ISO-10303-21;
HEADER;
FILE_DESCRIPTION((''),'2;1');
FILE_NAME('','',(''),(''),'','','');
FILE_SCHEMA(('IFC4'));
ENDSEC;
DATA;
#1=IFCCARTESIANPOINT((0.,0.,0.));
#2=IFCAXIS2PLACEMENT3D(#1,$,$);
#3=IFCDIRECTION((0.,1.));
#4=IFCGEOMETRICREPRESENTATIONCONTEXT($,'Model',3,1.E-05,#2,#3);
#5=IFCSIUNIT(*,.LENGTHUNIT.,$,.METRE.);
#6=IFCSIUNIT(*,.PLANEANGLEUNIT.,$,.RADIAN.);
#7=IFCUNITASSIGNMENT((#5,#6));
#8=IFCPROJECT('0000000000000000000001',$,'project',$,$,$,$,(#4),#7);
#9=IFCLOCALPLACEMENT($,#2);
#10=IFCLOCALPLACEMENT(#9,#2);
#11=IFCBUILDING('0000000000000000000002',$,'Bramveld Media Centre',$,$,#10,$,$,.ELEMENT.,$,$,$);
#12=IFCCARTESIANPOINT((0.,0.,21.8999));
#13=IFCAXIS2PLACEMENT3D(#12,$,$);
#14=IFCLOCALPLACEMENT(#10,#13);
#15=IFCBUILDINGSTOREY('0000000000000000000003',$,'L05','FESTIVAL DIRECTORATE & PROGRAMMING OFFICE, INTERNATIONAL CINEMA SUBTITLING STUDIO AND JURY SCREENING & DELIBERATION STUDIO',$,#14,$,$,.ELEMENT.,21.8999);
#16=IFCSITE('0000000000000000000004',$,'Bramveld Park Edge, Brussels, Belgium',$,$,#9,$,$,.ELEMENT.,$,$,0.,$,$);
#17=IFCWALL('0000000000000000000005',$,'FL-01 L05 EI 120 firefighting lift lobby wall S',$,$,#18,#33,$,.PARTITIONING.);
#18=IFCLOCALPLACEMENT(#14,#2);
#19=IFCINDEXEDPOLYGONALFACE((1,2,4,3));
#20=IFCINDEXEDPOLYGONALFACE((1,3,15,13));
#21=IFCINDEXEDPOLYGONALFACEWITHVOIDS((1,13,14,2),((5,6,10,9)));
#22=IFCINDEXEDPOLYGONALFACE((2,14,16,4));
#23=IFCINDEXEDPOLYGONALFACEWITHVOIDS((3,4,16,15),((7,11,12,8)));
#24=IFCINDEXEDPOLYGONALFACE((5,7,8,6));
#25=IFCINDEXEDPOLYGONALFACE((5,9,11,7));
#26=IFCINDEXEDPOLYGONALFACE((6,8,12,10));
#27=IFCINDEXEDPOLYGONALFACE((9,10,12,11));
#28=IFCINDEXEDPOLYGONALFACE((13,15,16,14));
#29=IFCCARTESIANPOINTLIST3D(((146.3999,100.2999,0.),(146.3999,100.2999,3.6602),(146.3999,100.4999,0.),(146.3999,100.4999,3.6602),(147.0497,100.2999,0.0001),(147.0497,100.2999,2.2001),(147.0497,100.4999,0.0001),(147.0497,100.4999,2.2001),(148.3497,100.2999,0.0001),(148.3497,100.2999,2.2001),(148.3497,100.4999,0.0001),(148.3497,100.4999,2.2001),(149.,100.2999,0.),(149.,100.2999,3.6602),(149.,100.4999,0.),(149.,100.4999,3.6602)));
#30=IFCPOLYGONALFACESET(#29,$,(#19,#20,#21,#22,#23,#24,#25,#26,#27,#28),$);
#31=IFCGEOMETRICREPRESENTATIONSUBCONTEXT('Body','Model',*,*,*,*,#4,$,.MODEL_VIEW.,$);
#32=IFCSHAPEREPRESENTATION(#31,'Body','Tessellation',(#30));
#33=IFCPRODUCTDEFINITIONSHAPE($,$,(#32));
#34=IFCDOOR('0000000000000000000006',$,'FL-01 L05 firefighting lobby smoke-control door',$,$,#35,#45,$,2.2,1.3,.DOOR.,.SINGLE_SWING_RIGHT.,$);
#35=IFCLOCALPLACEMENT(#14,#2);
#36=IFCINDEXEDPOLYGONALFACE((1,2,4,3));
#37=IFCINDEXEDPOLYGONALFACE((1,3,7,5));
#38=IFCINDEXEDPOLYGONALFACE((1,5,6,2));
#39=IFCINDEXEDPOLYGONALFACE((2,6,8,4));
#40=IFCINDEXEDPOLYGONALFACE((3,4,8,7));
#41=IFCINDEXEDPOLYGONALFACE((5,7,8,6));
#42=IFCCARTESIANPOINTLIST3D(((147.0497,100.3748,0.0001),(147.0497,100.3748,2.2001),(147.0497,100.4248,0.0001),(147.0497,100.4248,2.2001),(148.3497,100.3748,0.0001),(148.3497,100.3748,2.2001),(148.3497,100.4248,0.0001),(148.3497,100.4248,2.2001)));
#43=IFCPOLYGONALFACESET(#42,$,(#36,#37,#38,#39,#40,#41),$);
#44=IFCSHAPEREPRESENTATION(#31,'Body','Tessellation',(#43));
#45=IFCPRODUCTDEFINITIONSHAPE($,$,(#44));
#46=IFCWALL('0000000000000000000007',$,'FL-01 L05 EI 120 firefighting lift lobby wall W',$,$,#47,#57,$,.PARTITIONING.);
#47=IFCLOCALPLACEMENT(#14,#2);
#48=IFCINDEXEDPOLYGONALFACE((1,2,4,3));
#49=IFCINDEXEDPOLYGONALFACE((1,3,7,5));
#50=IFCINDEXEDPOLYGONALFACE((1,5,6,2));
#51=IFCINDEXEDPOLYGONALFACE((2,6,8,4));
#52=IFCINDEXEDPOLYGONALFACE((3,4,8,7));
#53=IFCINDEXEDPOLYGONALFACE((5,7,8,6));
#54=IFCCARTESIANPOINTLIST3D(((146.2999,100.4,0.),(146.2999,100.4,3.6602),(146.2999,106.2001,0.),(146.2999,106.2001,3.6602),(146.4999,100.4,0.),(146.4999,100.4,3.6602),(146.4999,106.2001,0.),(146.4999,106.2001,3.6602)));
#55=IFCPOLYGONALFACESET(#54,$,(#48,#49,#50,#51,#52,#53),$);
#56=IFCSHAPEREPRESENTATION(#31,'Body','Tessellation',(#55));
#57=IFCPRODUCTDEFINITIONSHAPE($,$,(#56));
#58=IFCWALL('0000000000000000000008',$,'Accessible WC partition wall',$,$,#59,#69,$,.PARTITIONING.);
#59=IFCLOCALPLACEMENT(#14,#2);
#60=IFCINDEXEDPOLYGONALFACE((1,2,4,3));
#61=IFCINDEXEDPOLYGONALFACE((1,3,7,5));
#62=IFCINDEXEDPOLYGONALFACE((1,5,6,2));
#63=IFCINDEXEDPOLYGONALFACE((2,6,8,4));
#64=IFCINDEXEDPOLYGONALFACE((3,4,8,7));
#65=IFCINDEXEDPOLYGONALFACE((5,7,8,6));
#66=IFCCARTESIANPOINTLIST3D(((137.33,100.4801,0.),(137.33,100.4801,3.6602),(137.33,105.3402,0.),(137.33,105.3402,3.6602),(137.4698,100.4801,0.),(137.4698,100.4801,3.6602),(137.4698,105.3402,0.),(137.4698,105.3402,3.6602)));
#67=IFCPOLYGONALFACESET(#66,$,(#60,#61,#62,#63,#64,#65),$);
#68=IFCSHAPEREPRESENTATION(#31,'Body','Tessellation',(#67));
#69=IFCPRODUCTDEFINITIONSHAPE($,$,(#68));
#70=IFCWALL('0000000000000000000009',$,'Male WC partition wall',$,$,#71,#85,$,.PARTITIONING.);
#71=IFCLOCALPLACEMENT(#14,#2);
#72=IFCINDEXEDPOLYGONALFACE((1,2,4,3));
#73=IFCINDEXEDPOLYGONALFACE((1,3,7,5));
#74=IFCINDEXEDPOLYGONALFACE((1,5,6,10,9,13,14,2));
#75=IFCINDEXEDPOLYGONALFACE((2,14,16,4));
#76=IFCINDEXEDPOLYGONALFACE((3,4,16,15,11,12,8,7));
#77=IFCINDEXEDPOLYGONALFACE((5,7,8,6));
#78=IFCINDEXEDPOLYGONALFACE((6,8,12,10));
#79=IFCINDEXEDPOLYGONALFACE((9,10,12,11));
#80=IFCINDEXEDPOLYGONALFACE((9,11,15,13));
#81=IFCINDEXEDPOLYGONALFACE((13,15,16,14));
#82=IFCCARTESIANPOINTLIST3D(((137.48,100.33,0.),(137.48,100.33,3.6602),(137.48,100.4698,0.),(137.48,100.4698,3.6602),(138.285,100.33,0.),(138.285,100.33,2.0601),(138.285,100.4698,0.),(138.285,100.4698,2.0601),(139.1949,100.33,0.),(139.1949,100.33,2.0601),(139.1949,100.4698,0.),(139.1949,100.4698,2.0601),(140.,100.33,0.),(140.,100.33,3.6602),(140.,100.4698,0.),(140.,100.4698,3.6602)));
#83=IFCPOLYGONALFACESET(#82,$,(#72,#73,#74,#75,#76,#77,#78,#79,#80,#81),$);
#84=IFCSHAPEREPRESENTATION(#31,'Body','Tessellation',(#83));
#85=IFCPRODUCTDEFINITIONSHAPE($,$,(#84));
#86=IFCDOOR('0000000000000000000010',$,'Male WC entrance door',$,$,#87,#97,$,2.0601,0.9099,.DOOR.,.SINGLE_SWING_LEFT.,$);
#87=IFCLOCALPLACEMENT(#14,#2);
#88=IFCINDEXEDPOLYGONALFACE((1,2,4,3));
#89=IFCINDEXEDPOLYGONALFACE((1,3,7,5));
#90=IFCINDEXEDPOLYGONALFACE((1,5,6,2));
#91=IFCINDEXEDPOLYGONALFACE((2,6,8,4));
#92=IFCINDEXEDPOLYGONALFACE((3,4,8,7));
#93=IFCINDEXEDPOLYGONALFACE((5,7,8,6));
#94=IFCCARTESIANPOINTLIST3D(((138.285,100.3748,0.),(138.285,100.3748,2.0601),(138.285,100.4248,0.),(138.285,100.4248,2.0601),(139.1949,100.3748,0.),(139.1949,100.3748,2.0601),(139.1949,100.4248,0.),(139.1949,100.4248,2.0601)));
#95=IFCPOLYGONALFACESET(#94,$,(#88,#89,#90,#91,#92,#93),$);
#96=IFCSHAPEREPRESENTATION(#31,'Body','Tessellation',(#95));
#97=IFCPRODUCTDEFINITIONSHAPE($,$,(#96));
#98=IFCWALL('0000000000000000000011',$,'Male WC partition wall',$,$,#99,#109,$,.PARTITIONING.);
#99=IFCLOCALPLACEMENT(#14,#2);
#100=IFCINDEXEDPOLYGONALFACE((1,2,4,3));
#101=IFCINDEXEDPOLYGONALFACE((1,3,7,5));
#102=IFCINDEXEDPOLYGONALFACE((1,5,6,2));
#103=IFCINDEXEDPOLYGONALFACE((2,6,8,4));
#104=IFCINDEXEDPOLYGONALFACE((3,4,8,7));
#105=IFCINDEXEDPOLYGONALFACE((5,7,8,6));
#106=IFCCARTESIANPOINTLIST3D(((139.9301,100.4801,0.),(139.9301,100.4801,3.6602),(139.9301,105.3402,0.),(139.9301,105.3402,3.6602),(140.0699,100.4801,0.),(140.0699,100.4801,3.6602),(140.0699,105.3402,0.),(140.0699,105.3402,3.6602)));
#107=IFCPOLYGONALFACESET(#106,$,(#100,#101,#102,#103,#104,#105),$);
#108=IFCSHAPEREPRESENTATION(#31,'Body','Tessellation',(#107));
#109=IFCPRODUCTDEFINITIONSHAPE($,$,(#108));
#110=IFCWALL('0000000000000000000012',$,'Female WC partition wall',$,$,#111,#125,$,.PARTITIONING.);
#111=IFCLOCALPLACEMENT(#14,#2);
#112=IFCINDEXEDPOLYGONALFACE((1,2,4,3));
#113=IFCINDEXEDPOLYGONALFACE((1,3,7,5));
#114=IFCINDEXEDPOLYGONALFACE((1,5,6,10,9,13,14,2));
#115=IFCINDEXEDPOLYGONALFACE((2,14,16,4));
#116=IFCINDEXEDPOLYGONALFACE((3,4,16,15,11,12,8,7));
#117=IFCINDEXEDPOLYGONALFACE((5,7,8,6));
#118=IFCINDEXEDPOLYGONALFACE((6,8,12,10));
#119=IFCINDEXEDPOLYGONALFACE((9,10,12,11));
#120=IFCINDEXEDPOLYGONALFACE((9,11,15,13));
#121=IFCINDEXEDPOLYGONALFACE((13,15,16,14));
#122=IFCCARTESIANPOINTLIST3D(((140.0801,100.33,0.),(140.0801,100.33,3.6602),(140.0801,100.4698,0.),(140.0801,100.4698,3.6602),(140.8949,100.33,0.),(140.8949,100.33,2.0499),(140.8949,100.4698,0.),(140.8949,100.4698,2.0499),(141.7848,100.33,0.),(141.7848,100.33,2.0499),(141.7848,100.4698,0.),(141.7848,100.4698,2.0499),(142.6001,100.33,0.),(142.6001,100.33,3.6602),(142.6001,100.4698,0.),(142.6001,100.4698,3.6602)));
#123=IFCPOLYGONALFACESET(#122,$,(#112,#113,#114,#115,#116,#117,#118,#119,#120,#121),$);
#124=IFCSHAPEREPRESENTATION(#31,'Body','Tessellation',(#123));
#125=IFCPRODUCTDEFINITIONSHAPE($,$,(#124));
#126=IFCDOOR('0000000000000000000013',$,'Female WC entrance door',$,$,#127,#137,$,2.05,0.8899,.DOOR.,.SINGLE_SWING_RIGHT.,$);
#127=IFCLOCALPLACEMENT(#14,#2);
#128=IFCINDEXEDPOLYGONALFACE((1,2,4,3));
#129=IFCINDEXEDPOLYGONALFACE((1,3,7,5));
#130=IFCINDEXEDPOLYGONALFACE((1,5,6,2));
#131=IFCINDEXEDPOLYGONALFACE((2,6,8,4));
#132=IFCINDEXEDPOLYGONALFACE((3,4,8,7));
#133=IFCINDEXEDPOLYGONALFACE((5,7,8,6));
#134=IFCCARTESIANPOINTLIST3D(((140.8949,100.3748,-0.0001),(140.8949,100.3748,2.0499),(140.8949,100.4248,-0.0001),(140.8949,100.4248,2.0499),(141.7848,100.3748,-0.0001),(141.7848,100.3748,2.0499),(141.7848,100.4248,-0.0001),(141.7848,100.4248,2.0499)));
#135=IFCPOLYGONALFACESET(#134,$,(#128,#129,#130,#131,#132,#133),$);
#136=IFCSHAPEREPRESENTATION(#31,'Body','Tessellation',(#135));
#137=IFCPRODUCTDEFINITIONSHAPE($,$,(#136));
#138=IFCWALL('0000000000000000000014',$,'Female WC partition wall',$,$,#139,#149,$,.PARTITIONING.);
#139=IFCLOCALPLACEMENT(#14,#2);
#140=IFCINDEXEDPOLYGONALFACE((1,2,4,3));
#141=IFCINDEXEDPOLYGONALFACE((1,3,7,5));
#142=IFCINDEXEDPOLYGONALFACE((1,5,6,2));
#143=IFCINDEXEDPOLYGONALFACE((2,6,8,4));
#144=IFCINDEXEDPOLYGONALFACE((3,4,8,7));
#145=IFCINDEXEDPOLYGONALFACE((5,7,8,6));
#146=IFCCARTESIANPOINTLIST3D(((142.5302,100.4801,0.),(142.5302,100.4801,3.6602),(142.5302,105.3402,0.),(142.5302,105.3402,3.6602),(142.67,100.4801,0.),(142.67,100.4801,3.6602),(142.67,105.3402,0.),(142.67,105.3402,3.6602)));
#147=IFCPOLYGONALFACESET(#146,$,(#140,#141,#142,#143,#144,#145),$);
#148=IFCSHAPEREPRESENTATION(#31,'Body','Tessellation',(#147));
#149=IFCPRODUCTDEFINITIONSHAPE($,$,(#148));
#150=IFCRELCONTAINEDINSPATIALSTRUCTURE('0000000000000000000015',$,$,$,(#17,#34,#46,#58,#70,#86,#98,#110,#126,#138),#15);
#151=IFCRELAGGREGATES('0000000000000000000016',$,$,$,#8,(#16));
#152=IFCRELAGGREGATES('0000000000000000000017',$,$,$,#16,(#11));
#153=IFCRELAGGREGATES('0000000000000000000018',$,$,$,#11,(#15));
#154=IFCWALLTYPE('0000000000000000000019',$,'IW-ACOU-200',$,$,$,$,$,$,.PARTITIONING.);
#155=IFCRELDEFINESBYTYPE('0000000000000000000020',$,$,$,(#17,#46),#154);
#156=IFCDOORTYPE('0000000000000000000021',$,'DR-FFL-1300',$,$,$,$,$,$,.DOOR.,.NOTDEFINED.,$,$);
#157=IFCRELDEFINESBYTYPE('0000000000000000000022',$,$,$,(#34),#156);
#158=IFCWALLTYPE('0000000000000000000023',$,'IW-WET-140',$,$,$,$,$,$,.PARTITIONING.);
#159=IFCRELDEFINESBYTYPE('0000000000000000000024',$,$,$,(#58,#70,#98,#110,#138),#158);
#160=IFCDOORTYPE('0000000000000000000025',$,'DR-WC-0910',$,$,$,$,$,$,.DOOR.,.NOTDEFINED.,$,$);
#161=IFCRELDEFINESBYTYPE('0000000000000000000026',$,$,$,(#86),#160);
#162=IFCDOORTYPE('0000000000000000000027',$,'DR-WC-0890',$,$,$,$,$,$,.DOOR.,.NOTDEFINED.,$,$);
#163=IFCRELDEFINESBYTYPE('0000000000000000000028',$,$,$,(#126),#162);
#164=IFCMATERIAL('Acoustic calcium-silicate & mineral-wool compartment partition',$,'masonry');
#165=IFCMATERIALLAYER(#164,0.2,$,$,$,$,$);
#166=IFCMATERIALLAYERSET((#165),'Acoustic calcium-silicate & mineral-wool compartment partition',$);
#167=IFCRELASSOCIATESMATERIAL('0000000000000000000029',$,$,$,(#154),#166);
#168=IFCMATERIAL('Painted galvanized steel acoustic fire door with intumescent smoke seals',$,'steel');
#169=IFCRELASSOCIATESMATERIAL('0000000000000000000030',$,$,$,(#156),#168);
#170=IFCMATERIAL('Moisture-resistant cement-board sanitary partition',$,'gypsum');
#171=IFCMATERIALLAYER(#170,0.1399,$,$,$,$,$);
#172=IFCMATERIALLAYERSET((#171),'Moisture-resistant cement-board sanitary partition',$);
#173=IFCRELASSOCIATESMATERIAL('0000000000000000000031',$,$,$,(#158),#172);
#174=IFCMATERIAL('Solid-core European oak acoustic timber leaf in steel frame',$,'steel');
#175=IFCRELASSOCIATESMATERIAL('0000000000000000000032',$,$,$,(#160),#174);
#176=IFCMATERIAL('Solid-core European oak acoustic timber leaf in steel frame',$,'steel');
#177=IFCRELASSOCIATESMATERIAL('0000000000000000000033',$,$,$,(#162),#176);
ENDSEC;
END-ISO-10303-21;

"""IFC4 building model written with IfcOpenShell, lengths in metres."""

from ifc_helpers import new_model, si_unit, direction, frame, frame_2d, origin, place, context, subcontext, project, spatial, rectangle, extrude, material, layer, layer_set, type_object, element, fill, save


model = new_model("IFC4")

# Units and contexts
model_context = context("Model", 3, precision=1e-05, world=origin(), true_north=direction((0.0, 1.0)))
body_context = subcontext(model_context, "Body", "Model", "MODEL_VIEW")
ifc_project = project(units=[si_unit("LENGTHUNIT", "METRE"), si_unit("PLANEANGLEUNIT", "RADIAN")], contexts=[model_context])

# Site, building, storey
site_placement = place(None, origin())
site = spatial("IfcSite", under=ifc_project, at=site_placement, Name="Bramveld Park Edge, Brussels, Belgium", CompositionType="ELEMENT", RefElevation=0.0)
building_placement = place(site_placement, origin())
building = spatial("IfcBuilding", under=site, at=building_placement, Name="Bramveld Media Centre", CompositionType="ELEMENT")
storey_placement = place(building_placement, frame((0.0, 0.0, 21.8999)))
storey = spatial("IfcBuildingStorey", under=building, at=storey_placement, Name="L05", Description="FESTIVAL DIRECTORATE & PROGRAMMING OFFICE, INTERNATIONAL CINEMA SUBTITLING STUDIO AND JURY SCREENING & DELIBERATION STUDIO", CompositionType="ELEMENT", Elevation=21.8999)

# Wall, opening, door
ifc_material_1 = material(Name="Acoustic calcium-silicate & mineral-wool compartment partition", Category="masonry")
ifc_layer_1 = layer(ifc_material_1, 0.2)
ifc_layer_set_1 = layer_set([ifc_layer_1], Name="Acoustic calcium-silicate & mineral-wool compartment partition")
wall_type_1 = type_object("IfcWallType", Name="IW-ACOU-200", PredefinedType="PARTITIONING", material=ifc_layer_set_1)
wall_1_placement = place(storey_placement, frame((146.3999, 100.3999, 0.0), z_axis=(0.0, 0.0, 1.0), x_axis=(1.0, 0.0, 0.0)))
wall_1 = element("IfcWall", 1, at=wall_1_placement, inside=storey, type_object=wall_type_1, Name="FL-01 L05 EI 120 firefighting lift lobby wall S", PredefinedType="PARTITIONING", context=body_context, shape_type="SweptSolid", body=[
    extrude(rectangle(XDim=2.6001, YDim=0.2, at=frame_2d((1.3, 0.0))), origin(), (0.0, 0.0, 1.0), 3.6602),
])
opening_1_placement = place(wall_1_placement, frame((0.6499, 0.0, 0.0)))
opening_1 = element("IfcOpeningElement", 2, at=opening_1_placement, cuts=wall_1, PredefinedType="OPENING", context=body_context, shape_type="SweptSolid", body=[
    extrude(rectangle(XDim=1.3, YDim=2.2, at=frame_2d((0.6499, 1.1001))), frame((0.0, 0.1118, 0.0), z_axis=(0.0, -1.0, 0.0), x_axis=(1.0, 0.0, 0.0)), (0.0, 0.0, 1.0), 0.2239),
])
ifc_material_2 = material(Name="Painted galvanized steel acoustic fire door with intumescent smoke seals", Category="steel")
door_type_1 = type_object("IfcDoorType", Name="DR-FFL-1300", OperationType="NOTDEFINED", PredefinedType="DOOR", material=ifc_material_2)
door_1_placement = place(opening_1_placement, origin())
door_1 = element("IfcDoor", 3, at=door_1_placement, inside=storey, type_object=door_type_1, Name="FL-01 L05 firefighting lobby smoke-control door", OperationType="SINGLE_SWING_RIGHT", OverallHeight=2.2, OverallWidth=1.3, PredefinedType="DOOR", context=body_context, shape_type="SweptSolid", body=[
    extrude(rectangle(XDim=1.3, YDim=2.2, at=frame_2d((0.6499, 1.1001))), frame((0.0, 0.0249, 0.0), z_axis=(0.0, -1.0, 0.0), x_axis=(1.0, 0.0, 0.0)), (0.0, 0.0, 1.0), 0.05),
])
fill(opening_1, door_1)

# Wall
wall_2_placement = place(storey_placement, frame((146.3999, 106.2, 0.0), z_axis=(0.0, 0.0, 1.0), x_axis=(0.0, -1.0, 0.0)))
element("IfcWall", 4, at=wall_2_placement, inside=storey, type_object=wall_type_1, Name="FL-01 L05 EI 120 firefighting lift lobby wall W", PredefinedType="PARTITIONING", context=body_context, shape_type="SweptSolid", body=[
    extrude(rectangle(XDim=5.8, YDim=0.2, at=frame_2d((2.8999, 0.0))), origin(), (0.0, 0.0, 1.0), 3.6602),
])

# Wall
ifc_material_3 = material(Name="Moisture-resistant cement-board sanitary partition", Category="gypsum")
ifc_layer_2 = layer(ifc_material_3, 0.1399)
ifc_layer_set_2 = layer_set([ifc_layer_2], Name="Moisture-resistant cement-board sanitary partition")
wall_type_2 = type_object("IfcWallType", Name="IW-WET-140", PredefinedType="PARTITIONING", material=ifc_layer_set_2)
wall_3_placement = place(storey_placement, frame((137.3999, 100.48, 0.0), z_axis=(0.0, 0.0, 1.0), x_axis=(0.0, 1.0, 0.0)))
element("IfcWall", 5, at=wall_3_placement, inside=storey, type_object=wall_type_2, Name="Accessible WC partition wall", PredefinedType="PARTITIONING", context=body_context, shape_type="SweptSolid", body=[
    extrude(rectangle(XDim=4.8601, YDim=0.1399, at=frame_2d((2.4302, 0.0))), origin(), (0.0, 0.0, 1.0), 3.6602),
])

# Wall, opening, door
wall_4_placement = place(storey_placement, frame((137.48, 100.3999, 0.0), z_axis=(0.0, 0.0, 1.0), x_axis=(1.0, 0.0, 0.0)))
wall_4 = element("IfcWall", 6, at=wall_4_placement, inside=storey, type_object=wall_type_2, Name="Male WC partition wall", PredefinedType="PARTITIONING", context=body_context, shape_type="SweptSolid", body=[
    extrude(rectangle(XDim=2.52, YDim=0.1399, at=frame_2d((1.26, 0.0))), origin(), (0.0, 0.0, 1.0), 3.6602),
])
opening_2_placement = place(wall_4_placement, frame((0.8049, 0.0, 0.0)))
opening_2 = element("IfcOpeningElement", 7, at=opening_2_placement, cuts=wall_4, PredefinedType="OPENING", context=body_context, shape_type="SweptSolid", body=[
    extrude(rectangle(XDim=0.9099, YDim=2.0601, at=frame_2d((0.4551, 1.03))), frame((0.0, 0.082, 0.0), z_axis=(0.0, -1.0, 0.0), x_axis=(1.0, 0.0, 0.0)), (0.0, 0.0, 1.0), 0.1638),
])
ifc_material_4 = material(Name="Solid-core European oak acoustic timber leaf in steel frame", Category="steel")
door_type_2 = type_object("IfcDoorType", Name="DR-WC-0910", OperationType="NOTDEFINED", PredefinedType="DOOR", material=ifc_material_4)
door_2_placement = place(opening_2_placement, origin())
door_2 = element("IfcDoor", 8, at=door_2_placement, inside=storey, type_object=door_type_2, Name="Male WC entrance door", OperationType="SINGLE_SWING_LEFT", OverallHeight=2.0601, OverallWidth=0.9099, PredefinedType="DOOR", context=body_context, shape_type="SweptSolid", body=[
    extrude(rectangle(XDim=0.9099, YDim=2.0601, at=frame_2d((0.4551, 1.03))), frame((0.0, 0.0249, 0.0), z_axis=(0.0, -1.0, 0.0), x_axis=(1.0, 0.0, 0.0)), (0.0, 0.0, 1.0), 0.05),
])
fill(opening_2, door_2)

# Wall
wall_5_placement = place(storey_placement, frame((140.0, 100.48, 0.0), z_axis=(0.0, 0.0, 1.0), x_axis=(0.0, 1.0, 0.0)))
element("IfcWall", 9, at=wall_5_placement, inside=storey, type_object=wall_type_2, Name="Male WC partition wall", PredefinedType="PARTITIONING", context=body_context, shape_type="SweptSolid", body=[
    extrude(rectangle(XDim=4.8601, YDim=0.1399, at=frame_2d((2.4302, 0.0))), origin(), (0.0, 0.0, 1.0), 3.6602),
])

# Wall, opening, door
wall_6_placement = place(storey_placement, frame((140.0801, 100.3999, 0.0), z_axis=(0.0, 0.0, 1.0), x_axis=(1.0, 0.0, 0.0)))
wall_6 = element("IfcWall", 10, at=wall_6_placement, inside=storey, type_object=wall_type_2, Name="Female WC partition wall", PredefinedType="PARTITIONING", context=body_context, shape_type="SweptSolid", body=[
    extrude(rectangle(XDim=2.52, YDim=0.1399, at=frame_2d((1.26, 0.0))), origin(), (0.0, 0.0, 1.0), 3.6602),
])
opening_3_placement = place(wall_6_placement, frame((0.8149, 0.0, 0.0)))
opening_3 = element("IfcOpeningElement", 11, at=opening_3_placement, cuts=wall_6, PredefinedType="OPENING", context=body_context, shape_type="SweptSolid", body=[
    extrude(rectangle(XDim=0.8899, YDim=2.05, at=frame_2d((0.4448, 1.0249))), frame((0.0, 0.082, 0.0), z_axis=(0.0, -1.0, 0.0), x_axis=(1.0, 0.0, 0.0)), (0.0, 0.0, 1.0), 0.1638),
])
ifc_material_5 = material(Name="Solid-core European oak acoustic timber leaf in steel frame", Category="steel")
door_type_3 = type_object("IfcDoorType", Name="DR-WC-0890", OperationType="NOTDEFINED", PredefinedType="DOOR", material=ifc_material_5)
door_3_placement = place(opening_3_placement, origin())
door_3 = element("IfcDoor", 12, at=door_3_placement, inside=storey, type_object=door_type_3, Name="Female WC entrance door", OperationType="SINGLE_SWING_RIGHT", OverallHeight=2.05, OverallWidth=0.8899, PredefinedType="DOOR", context=body_context, shape_type="SweptSolid", body=[
    extrude(rectangle(XDim=0.8899, YDim=2.05, at=frame_2d((0.4448, 1.0249))), frame((0.0, 0.0249, 0.0), z_axis=(0.0, -1.0, 0.0), x_axis=(1.0, 0.0, 0.0)), (0.0, 0.0, 1.0), 0.05),
])
fill(opening_3, door_3)

# Wall
wall_7_placement = place(storey_placement, frame((142.6001, 100.48, 0.0), z_axis=(0.0, 0.0, 1.0), x_axis=(0.0, 1.0, 0.0)))
element("IfcWall", 13, at=wall_7_placement, inside=storey, type_object=wall_type_2, Name="Female WC partition wall", PredefinedType="PARTITIONING", context=body_context, shape_type="SweptSolid", body=[
    extrude(rectangle(XDim=4.8601, YDim=0.1399, at=frame_2d((2.4302, 0.0))), origin(), (0.0, 0.0, 1.0), 3.6602),
])

save(model, "model.ifc")
